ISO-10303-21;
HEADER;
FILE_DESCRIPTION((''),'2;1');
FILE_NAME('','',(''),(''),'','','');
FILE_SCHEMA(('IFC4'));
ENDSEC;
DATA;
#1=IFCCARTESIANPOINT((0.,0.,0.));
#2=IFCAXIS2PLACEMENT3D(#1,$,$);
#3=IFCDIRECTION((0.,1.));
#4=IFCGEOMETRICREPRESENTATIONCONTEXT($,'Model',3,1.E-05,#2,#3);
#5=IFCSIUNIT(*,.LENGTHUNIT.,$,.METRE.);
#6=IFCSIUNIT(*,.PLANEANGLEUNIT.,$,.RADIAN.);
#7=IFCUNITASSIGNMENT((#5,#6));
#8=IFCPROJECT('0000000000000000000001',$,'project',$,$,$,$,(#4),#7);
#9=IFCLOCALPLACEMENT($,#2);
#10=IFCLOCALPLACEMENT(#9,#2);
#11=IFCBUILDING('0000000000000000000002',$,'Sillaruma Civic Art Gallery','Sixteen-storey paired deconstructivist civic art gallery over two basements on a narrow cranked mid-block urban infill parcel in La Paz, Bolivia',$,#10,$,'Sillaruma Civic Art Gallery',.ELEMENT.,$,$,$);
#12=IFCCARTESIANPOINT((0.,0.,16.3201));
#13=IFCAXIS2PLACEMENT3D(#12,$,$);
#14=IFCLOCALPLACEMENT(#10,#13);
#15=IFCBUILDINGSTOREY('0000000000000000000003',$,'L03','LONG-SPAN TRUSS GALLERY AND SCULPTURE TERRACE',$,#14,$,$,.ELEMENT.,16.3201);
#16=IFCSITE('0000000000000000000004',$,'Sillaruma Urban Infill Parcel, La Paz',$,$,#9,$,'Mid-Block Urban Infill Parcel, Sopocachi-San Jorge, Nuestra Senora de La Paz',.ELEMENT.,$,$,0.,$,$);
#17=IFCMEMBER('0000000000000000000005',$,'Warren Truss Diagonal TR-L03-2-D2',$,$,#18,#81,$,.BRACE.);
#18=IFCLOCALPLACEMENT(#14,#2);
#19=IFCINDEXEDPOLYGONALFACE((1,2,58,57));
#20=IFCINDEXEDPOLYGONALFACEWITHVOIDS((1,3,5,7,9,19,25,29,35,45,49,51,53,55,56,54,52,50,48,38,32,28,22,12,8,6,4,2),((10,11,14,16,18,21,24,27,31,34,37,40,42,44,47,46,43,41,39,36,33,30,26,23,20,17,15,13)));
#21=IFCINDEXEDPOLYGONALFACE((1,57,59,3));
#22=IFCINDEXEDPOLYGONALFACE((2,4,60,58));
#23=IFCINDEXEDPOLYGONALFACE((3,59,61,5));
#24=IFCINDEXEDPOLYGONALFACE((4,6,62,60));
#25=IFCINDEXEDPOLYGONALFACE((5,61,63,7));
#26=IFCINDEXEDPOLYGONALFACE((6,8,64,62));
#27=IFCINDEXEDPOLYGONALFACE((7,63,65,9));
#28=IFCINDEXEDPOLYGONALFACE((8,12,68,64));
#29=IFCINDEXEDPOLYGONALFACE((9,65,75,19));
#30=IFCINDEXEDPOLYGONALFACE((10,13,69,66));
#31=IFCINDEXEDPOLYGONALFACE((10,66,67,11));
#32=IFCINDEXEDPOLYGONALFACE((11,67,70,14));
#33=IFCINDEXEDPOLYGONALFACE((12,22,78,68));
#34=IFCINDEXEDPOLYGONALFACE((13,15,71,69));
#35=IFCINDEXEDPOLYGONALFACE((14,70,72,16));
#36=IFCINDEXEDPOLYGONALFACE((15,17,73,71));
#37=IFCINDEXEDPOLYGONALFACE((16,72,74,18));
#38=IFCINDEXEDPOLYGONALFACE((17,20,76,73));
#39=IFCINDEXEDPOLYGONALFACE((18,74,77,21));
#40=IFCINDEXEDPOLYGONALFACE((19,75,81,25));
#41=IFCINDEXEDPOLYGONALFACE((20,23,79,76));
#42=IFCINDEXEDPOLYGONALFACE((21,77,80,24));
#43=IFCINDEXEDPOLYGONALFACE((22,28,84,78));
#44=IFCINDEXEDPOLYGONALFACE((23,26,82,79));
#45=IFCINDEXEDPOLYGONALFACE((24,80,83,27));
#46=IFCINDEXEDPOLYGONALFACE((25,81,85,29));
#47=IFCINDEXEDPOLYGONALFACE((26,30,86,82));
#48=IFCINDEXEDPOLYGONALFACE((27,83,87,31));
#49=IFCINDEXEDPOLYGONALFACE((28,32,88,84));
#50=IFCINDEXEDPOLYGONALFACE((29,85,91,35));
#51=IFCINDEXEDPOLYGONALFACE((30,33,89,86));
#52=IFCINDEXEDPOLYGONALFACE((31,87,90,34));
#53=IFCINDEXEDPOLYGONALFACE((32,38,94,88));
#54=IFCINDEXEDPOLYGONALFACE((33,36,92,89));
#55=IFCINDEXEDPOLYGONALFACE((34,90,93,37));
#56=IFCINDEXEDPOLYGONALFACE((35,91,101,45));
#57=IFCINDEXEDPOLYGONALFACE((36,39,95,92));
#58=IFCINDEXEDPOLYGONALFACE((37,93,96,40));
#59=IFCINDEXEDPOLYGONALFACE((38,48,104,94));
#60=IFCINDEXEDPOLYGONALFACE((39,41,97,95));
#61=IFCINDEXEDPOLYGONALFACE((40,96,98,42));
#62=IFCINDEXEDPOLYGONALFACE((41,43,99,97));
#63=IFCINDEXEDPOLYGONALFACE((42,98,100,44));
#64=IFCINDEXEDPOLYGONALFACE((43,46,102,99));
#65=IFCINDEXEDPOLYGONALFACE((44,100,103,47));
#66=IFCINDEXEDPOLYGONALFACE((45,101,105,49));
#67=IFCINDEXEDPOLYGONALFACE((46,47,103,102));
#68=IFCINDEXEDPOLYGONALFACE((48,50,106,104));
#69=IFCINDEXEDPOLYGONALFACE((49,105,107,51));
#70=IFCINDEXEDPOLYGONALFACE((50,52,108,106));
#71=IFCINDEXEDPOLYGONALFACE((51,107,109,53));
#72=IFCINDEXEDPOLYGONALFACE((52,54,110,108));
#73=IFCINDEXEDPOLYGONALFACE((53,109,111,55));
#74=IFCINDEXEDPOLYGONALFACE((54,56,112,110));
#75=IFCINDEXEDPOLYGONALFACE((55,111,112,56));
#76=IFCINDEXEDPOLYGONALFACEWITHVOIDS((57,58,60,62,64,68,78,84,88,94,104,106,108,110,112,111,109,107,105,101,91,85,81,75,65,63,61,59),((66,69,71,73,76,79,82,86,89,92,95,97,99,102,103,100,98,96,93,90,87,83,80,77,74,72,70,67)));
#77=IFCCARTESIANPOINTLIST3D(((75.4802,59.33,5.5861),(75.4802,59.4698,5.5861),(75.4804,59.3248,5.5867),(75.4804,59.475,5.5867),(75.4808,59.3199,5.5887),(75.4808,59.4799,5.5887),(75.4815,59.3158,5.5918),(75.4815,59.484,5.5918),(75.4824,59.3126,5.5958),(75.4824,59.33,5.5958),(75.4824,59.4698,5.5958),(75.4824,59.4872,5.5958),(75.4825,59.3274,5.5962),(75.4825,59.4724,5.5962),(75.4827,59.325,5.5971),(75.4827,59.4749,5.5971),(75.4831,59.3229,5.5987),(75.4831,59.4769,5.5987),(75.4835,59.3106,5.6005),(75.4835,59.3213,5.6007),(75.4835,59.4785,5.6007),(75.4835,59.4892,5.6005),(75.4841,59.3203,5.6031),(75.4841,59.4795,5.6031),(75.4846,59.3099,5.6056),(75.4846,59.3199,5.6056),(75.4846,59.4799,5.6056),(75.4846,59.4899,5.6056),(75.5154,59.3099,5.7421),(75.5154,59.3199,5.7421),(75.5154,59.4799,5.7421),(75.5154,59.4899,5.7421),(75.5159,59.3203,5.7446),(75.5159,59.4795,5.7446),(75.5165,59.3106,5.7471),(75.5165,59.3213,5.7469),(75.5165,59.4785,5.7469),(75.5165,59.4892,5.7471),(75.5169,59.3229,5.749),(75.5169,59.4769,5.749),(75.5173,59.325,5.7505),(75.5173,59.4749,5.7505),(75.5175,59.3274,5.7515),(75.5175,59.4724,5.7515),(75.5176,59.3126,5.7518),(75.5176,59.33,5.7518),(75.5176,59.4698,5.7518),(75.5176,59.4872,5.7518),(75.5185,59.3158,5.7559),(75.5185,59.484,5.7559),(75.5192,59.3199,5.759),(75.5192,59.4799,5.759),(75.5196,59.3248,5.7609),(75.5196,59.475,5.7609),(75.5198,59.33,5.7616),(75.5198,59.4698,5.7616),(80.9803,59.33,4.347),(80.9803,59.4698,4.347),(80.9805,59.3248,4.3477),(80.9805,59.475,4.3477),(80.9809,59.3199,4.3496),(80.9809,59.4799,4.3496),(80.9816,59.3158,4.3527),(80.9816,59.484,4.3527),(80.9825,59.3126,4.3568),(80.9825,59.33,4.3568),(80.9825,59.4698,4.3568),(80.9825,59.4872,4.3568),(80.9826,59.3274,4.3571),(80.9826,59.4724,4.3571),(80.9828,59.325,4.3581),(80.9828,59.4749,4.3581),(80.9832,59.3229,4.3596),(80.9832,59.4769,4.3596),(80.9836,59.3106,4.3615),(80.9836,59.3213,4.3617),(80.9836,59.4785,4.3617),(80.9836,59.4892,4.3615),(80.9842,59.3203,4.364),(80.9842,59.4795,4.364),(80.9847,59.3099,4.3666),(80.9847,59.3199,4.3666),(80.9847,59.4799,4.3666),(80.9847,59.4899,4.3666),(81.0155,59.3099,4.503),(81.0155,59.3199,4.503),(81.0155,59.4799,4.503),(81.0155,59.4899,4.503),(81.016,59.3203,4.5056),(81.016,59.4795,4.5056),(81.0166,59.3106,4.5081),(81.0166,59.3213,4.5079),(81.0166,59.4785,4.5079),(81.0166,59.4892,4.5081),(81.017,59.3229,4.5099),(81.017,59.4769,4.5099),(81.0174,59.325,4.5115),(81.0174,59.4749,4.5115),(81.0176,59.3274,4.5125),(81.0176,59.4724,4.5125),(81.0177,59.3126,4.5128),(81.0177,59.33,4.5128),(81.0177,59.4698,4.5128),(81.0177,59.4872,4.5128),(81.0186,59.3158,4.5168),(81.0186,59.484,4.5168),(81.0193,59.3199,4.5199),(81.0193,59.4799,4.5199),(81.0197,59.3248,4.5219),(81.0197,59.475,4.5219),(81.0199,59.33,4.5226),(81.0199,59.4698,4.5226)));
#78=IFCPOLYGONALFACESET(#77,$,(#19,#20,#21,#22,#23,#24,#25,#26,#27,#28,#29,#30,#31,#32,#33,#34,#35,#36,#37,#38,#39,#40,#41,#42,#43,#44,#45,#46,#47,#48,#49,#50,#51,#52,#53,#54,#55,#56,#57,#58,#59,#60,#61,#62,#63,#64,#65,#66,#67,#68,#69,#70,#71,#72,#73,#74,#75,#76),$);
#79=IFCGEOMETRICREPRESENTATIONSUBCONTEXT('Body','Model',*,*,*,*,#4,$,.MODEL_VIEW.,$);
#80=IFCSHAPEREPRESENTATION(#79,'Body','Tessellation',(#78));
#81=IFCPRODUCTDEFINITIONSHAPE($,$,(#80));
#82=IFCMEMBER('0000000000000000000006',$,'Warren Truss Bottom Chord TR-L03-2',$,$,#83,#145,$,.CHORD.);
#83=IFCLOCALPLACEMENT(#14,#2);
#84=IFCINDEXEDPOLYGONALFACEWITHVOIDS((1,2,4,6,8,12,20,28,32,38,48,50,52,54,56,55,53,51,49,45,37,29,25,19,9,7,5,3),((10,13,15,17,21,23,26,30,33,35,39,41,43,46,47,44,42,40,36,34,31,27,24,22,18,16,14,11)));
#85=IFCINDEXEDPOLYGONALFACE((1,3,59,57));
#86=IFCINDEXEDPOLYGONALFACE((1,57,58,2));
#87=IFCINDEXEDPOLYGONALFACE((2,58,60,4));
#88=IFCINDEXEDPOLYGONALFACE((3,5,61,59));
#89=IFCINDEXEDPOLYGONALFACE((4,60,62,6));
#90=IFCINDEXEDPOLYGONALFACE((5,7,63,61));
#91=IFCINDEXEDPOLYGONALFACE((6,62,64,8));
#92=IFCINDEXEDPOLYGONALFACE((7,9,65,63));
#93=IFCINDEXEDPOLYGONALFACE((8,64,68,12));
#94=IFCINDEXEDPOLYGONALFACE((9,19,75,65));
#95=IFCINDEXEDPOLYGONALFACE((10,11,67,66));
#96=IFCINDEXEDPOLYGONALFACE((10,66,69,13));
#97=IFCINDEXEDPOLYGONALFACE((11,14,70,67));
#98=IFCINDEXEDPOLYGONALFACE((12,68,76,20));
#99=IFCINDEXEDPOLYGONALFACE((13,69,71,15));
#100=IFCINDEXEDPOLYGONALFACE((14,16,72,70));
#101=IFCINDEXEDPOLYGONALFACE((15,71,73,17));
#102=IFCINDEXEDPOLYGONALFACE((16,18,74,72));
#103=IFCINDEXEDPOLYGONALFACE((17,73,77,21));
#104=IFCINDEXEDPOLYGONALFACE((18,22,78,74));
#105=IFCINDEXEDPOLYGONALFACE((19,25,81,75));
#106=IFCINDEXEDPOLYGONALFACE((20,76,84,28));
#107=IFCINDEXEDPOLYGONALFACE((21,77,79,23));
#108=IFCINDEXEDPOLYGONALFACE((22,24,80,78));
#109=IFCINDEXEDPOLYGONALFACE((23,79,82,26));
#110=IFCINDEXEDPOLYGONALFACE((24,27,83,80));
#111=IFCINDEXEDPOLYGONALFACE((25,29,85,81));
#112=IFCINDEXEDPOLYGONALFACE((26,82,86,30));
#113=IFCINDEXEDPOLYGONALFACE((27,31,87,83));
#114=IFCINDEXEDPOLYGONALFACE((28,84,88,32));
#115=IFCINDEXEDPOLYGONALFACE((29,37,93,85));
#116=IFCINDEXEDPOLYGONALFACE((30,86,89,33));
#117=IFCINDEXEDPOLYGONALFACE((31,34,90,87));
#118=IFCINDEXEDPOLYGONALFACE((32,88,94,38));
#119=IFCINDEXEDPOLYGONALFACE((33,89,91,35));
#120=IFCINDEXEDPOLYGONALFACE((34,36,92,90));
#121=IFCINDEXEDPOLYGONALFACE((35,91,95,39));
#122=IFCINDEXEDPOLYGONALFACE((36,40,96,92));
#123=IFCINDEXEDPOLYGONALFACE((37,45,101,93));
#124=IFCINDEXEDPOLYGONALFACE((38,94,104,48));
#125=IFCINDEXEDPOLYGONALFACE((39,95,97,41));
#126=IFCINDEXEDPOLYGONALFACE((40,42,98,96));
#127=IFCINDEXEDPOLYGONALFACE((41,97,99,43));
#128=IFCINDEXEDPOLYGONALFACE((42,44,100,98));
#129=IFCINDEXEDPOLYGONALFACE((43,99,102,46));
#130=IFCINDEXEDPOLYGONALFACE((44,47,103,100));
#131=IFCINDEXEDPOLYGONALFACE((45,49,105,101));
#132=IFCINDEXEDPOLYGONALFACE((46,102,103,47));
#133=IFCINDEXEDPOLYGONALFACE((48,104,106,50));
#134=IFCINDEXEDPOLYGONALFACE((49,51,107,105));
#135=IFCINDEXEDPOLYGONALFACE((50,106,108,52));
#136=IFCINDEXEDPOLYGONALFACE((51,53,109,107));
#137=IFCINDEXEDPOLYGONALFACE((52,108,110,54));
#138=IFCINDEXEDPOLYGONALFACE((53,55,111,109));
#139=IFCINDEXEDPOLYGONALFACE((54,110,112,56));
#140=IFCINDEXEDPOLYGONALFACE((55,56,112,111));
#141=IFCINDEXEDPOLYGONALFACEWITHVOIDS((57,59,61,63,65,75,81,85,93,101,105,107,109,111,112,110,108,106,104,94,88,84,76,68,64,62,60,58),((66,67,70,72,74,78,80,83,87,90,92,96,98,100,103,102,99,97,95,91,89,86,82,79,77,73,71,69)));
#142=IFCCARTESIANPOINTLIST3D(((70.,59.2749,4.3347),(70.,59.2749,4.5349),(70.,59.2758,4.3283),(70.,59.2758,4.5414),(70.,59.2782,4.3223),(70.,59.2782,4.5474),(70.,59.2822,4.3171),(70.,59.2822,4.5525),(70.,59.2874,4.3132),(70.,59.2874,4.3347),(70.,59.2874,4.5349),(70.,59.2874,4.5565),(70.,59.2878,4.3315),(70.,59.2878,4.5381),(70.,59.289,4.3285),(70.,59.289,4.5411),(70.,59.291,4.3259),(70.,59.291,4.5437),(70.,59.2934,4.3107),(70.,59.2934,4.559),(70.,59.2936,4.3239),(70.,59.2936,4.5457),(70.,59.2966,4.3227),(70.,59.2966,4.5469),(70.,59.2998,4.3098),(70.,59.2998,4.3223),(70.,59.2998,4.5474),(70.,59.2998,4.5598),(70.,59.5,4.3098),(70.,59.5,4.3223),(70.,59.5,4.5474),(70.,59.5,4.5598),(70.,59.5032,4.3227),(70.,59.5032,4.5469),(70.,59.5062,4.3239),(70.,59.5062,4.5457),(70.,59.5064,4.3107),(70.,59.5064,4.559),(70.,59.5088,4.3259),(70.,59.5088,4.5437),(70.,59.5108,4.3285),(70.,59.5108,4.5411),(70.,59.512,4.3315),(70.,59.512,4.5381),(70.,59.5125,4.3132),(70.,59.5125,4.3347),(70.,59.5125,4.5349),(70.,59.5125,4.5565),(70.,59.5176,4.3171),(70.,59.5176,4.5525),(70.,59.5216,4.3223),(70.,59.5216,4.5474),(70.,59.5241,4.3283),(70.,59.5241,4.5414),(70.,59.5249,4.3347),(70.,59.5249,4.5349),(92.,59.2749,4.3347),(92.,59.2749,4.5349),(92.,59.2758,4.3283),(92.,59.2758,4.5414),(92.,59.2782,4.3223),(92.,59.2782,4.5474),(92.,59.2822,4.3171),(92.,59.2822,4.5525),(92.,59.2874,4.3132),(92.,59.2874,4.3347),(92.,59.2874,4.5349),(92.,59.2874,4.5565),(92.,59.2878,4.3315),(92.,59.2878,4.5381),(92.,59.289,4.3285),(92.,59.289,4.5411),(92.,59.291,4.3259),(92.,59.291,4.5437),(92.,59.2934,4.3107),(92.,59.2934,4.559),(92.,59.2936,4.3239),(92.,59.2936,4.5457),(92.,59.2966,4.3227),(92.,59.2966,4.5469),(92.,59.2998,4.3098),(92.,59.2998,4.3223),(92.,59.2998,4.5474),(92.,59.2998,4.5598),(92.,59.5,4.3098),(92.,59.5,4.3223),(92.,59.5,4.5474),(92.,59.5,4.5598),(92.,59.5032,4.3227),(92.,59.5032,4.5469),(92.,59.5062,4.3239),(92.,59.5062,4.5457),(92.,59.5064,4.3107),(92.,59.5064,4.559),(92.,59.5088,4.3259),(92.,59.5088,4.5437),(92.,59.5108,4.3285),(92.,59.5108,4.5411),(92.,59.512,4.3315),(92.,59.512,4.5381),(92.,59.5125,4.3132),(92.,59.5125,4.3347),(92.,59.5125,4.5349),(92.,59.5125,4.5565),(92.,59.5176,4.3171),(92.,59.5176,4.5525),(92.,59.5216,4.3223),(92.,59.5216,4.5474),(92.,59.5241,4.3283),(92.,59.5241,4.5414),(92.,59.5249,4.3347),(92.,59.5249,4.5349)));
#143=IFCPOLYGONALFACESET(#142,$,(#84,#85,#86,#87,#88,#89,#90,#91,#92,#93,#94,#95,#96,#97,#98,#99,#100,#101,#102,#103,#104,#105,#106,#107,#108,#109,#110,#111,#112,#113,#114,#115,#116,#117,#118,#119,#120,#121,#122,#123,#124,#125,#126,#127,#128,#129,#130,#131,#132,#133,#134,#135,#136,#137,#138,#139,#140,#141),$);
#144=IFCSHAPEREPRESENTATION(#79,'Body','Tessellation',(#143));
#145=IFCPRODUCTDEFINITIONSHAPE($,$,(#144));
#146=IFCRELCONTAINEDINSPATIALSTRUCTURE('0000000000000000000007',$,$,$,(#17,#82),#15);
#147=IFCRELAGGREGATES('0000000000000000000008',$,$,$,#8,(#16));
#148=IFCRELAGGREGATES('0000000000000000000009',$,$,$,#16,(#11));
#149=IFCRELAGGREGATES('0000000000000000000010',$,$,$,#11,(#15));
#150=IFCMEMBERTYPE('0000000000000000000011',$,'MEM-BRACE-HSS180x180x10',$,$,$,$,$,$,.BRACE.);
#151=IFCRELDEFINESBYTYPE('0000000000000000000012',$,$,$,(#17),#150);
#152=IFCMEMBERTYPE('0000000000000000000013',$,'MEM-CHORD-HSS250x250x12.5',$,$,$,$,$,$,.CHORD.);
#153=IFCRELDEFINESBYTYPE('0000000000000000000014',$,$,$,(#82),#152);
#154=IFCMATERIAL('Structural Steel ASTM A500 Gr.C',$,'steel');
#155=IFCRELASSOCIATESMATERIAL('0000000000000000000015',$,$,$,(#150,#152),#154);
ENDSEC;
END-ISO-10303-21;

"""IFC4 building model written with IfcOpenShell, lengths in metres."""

from ifc_helpers import new_model, si_unit, direction, frame, origin, origin_2d, place, context, subcontext, project, spatial, hollow_rectangle, extrude, material, material_profile, profile_set, type_object, element, save


model = new_model("IFC4")

# Units and contexts
model_context = context("Model", 3, precision=1e-05, world=origin(), true_north=direction((0.0, 1.0)))
body_context = subcontext(model_context, "Body", "Model", "MODEL_VIEW")
ifc_project = project(units=[si_unit("LENGTHUNIT", "METRE"), si_unit("PLANEANGLEUNIT", "RADIAN")], contexts=[model_context])

# Site, building, storey
site_placement = place(None, origin())
site = spatial("IfcSite", under=ifc_project, at=site_placement, Name="Sillaruma Urban Infill Parcel, La Paz", LongName="Mid-Block Urban Infill Parcel, Sopocachi-San Jorge, Nuestra Senora de La Paz", CompositionType="ELEMENT", RefElevation=0.0)
building_placement = place(site_placement, origin())
building = spatial("IfcBuilding", under=site, at=building_placement, Name="Sillaruma Civic Art Gallery", Description="Sixteen-storey paired deconstructivist civic art gallery over two basements on a narrow cranked mid-block urban infill parcel in La Paz, Bolivia", LongName="Sillaruma Civic Art Gallery", CompositionType="ELEMENT")
storey_placement = place(building_placement, frame((0.0, 0.0, 16.3201)))
storey = spatial("IfcBuildingStorey", under=building, at=storey_placement, Name="L03", Description="LONG-SPAN TRUSS GALLERY AND SCULPTURE TERRACE", CompositionType="ELEMENT", Elevation=16.3201)

# Members
ifc_material_1 = material(Name="Structural Steel ASTM A500 Gr.C", Category="steel")
ifc_material_profile_1 = material_profile(ifc_material_1, hollow_rectangle(XDim=0.1799, YDim=0.1799, WallThickness=0.01, InnerFilletRadius=0.01, OuterFilletRadius=0.02, at=origin_2d()), Name="HSS180x180x10")
ifc_profile_set_1 = profile_set([ifc_material_profile_1], Name="Structural Steel ASTM A500 Gr.C")
member_type_1 = type_object("IfcMemberType", Name="MEM-BRACE-HSS180x180x10", PredefinedType="BRACE", material=ifc_profile_set_1)
for number, where, z_axis, x_axis, name in (
    (1, (75.5, 59.3999, 5.6738), (0.975552, 0.0, -0.219768), (0.0, 1.0, 0.0), "Warren Truss Diagonal TR-L03-2-D2"),
):
    element("IfcMember", number, at=place(storey_placement, frame(where, z_axis=z_axis, x_axis=x_axis)), inside=storey, type_object=member_type_1, Name=name, PredefinedType="BRACE", context=body_context, shape_type="SweptSolid", body=[
        extrude(hollow_rectangle(XDim=0.1799, YDim=0.1799, WallThickness=0.01, InnerFilletRadius=0.01, OuterFilletRadius=0.02, at=origin_2d()), origin(), (0.0, 0.0, 1.0), 5.6379),
    ])
ifc_material_profile_2 = material_profile(ifc_material_1, hollow_rectangle(XDim=0.25, YDim=0.25, WallThickness=0.0125, InnerFilletRadius=0.0125, OuterFilletRadius=0.0249, at=origin_2d()), Name="HSS250x250x12.5")
ifc_profile_set_2 = profile_set([ifc_material_profile_2], Name="Structural Steel ASTM A500 Gr.C")
member_type_2 = type_object("IfcMemberType", Name="MEM-CHORD-HSS250x250x12.5", PredefinedType="CHORD", material=ifc_profile_set_2)
for number, where, z_axis, x_axis, name in (
    (2, (70.0, 59.3999, 4.4348), (1.0, 0.0, 0.0), (0.0, 1.0, 0.0), "Warren Truss Bottom Chord TR-L03-2"),
):
    element("IfcMember", number, at=place(storey_placement, frame(where, z_axis=z_axis, x_axis=x_axis)), inside=storey, type_object=member_type_2, Name=name, PredefinedType="CHORD", context=body_context, shape_type="SweptSolid", body=[
        extrude(hollow_rectangle(XDim=0.25, YDim=0.25, WallThickness=0.0125, InnerFilletRadius=0.0125, OuterFilletRadius=0.0249, at=origin_2d()), origin(), (0.0, 0.0, 1.0), 22.0),
    ])

save(model, "model.ifc")
